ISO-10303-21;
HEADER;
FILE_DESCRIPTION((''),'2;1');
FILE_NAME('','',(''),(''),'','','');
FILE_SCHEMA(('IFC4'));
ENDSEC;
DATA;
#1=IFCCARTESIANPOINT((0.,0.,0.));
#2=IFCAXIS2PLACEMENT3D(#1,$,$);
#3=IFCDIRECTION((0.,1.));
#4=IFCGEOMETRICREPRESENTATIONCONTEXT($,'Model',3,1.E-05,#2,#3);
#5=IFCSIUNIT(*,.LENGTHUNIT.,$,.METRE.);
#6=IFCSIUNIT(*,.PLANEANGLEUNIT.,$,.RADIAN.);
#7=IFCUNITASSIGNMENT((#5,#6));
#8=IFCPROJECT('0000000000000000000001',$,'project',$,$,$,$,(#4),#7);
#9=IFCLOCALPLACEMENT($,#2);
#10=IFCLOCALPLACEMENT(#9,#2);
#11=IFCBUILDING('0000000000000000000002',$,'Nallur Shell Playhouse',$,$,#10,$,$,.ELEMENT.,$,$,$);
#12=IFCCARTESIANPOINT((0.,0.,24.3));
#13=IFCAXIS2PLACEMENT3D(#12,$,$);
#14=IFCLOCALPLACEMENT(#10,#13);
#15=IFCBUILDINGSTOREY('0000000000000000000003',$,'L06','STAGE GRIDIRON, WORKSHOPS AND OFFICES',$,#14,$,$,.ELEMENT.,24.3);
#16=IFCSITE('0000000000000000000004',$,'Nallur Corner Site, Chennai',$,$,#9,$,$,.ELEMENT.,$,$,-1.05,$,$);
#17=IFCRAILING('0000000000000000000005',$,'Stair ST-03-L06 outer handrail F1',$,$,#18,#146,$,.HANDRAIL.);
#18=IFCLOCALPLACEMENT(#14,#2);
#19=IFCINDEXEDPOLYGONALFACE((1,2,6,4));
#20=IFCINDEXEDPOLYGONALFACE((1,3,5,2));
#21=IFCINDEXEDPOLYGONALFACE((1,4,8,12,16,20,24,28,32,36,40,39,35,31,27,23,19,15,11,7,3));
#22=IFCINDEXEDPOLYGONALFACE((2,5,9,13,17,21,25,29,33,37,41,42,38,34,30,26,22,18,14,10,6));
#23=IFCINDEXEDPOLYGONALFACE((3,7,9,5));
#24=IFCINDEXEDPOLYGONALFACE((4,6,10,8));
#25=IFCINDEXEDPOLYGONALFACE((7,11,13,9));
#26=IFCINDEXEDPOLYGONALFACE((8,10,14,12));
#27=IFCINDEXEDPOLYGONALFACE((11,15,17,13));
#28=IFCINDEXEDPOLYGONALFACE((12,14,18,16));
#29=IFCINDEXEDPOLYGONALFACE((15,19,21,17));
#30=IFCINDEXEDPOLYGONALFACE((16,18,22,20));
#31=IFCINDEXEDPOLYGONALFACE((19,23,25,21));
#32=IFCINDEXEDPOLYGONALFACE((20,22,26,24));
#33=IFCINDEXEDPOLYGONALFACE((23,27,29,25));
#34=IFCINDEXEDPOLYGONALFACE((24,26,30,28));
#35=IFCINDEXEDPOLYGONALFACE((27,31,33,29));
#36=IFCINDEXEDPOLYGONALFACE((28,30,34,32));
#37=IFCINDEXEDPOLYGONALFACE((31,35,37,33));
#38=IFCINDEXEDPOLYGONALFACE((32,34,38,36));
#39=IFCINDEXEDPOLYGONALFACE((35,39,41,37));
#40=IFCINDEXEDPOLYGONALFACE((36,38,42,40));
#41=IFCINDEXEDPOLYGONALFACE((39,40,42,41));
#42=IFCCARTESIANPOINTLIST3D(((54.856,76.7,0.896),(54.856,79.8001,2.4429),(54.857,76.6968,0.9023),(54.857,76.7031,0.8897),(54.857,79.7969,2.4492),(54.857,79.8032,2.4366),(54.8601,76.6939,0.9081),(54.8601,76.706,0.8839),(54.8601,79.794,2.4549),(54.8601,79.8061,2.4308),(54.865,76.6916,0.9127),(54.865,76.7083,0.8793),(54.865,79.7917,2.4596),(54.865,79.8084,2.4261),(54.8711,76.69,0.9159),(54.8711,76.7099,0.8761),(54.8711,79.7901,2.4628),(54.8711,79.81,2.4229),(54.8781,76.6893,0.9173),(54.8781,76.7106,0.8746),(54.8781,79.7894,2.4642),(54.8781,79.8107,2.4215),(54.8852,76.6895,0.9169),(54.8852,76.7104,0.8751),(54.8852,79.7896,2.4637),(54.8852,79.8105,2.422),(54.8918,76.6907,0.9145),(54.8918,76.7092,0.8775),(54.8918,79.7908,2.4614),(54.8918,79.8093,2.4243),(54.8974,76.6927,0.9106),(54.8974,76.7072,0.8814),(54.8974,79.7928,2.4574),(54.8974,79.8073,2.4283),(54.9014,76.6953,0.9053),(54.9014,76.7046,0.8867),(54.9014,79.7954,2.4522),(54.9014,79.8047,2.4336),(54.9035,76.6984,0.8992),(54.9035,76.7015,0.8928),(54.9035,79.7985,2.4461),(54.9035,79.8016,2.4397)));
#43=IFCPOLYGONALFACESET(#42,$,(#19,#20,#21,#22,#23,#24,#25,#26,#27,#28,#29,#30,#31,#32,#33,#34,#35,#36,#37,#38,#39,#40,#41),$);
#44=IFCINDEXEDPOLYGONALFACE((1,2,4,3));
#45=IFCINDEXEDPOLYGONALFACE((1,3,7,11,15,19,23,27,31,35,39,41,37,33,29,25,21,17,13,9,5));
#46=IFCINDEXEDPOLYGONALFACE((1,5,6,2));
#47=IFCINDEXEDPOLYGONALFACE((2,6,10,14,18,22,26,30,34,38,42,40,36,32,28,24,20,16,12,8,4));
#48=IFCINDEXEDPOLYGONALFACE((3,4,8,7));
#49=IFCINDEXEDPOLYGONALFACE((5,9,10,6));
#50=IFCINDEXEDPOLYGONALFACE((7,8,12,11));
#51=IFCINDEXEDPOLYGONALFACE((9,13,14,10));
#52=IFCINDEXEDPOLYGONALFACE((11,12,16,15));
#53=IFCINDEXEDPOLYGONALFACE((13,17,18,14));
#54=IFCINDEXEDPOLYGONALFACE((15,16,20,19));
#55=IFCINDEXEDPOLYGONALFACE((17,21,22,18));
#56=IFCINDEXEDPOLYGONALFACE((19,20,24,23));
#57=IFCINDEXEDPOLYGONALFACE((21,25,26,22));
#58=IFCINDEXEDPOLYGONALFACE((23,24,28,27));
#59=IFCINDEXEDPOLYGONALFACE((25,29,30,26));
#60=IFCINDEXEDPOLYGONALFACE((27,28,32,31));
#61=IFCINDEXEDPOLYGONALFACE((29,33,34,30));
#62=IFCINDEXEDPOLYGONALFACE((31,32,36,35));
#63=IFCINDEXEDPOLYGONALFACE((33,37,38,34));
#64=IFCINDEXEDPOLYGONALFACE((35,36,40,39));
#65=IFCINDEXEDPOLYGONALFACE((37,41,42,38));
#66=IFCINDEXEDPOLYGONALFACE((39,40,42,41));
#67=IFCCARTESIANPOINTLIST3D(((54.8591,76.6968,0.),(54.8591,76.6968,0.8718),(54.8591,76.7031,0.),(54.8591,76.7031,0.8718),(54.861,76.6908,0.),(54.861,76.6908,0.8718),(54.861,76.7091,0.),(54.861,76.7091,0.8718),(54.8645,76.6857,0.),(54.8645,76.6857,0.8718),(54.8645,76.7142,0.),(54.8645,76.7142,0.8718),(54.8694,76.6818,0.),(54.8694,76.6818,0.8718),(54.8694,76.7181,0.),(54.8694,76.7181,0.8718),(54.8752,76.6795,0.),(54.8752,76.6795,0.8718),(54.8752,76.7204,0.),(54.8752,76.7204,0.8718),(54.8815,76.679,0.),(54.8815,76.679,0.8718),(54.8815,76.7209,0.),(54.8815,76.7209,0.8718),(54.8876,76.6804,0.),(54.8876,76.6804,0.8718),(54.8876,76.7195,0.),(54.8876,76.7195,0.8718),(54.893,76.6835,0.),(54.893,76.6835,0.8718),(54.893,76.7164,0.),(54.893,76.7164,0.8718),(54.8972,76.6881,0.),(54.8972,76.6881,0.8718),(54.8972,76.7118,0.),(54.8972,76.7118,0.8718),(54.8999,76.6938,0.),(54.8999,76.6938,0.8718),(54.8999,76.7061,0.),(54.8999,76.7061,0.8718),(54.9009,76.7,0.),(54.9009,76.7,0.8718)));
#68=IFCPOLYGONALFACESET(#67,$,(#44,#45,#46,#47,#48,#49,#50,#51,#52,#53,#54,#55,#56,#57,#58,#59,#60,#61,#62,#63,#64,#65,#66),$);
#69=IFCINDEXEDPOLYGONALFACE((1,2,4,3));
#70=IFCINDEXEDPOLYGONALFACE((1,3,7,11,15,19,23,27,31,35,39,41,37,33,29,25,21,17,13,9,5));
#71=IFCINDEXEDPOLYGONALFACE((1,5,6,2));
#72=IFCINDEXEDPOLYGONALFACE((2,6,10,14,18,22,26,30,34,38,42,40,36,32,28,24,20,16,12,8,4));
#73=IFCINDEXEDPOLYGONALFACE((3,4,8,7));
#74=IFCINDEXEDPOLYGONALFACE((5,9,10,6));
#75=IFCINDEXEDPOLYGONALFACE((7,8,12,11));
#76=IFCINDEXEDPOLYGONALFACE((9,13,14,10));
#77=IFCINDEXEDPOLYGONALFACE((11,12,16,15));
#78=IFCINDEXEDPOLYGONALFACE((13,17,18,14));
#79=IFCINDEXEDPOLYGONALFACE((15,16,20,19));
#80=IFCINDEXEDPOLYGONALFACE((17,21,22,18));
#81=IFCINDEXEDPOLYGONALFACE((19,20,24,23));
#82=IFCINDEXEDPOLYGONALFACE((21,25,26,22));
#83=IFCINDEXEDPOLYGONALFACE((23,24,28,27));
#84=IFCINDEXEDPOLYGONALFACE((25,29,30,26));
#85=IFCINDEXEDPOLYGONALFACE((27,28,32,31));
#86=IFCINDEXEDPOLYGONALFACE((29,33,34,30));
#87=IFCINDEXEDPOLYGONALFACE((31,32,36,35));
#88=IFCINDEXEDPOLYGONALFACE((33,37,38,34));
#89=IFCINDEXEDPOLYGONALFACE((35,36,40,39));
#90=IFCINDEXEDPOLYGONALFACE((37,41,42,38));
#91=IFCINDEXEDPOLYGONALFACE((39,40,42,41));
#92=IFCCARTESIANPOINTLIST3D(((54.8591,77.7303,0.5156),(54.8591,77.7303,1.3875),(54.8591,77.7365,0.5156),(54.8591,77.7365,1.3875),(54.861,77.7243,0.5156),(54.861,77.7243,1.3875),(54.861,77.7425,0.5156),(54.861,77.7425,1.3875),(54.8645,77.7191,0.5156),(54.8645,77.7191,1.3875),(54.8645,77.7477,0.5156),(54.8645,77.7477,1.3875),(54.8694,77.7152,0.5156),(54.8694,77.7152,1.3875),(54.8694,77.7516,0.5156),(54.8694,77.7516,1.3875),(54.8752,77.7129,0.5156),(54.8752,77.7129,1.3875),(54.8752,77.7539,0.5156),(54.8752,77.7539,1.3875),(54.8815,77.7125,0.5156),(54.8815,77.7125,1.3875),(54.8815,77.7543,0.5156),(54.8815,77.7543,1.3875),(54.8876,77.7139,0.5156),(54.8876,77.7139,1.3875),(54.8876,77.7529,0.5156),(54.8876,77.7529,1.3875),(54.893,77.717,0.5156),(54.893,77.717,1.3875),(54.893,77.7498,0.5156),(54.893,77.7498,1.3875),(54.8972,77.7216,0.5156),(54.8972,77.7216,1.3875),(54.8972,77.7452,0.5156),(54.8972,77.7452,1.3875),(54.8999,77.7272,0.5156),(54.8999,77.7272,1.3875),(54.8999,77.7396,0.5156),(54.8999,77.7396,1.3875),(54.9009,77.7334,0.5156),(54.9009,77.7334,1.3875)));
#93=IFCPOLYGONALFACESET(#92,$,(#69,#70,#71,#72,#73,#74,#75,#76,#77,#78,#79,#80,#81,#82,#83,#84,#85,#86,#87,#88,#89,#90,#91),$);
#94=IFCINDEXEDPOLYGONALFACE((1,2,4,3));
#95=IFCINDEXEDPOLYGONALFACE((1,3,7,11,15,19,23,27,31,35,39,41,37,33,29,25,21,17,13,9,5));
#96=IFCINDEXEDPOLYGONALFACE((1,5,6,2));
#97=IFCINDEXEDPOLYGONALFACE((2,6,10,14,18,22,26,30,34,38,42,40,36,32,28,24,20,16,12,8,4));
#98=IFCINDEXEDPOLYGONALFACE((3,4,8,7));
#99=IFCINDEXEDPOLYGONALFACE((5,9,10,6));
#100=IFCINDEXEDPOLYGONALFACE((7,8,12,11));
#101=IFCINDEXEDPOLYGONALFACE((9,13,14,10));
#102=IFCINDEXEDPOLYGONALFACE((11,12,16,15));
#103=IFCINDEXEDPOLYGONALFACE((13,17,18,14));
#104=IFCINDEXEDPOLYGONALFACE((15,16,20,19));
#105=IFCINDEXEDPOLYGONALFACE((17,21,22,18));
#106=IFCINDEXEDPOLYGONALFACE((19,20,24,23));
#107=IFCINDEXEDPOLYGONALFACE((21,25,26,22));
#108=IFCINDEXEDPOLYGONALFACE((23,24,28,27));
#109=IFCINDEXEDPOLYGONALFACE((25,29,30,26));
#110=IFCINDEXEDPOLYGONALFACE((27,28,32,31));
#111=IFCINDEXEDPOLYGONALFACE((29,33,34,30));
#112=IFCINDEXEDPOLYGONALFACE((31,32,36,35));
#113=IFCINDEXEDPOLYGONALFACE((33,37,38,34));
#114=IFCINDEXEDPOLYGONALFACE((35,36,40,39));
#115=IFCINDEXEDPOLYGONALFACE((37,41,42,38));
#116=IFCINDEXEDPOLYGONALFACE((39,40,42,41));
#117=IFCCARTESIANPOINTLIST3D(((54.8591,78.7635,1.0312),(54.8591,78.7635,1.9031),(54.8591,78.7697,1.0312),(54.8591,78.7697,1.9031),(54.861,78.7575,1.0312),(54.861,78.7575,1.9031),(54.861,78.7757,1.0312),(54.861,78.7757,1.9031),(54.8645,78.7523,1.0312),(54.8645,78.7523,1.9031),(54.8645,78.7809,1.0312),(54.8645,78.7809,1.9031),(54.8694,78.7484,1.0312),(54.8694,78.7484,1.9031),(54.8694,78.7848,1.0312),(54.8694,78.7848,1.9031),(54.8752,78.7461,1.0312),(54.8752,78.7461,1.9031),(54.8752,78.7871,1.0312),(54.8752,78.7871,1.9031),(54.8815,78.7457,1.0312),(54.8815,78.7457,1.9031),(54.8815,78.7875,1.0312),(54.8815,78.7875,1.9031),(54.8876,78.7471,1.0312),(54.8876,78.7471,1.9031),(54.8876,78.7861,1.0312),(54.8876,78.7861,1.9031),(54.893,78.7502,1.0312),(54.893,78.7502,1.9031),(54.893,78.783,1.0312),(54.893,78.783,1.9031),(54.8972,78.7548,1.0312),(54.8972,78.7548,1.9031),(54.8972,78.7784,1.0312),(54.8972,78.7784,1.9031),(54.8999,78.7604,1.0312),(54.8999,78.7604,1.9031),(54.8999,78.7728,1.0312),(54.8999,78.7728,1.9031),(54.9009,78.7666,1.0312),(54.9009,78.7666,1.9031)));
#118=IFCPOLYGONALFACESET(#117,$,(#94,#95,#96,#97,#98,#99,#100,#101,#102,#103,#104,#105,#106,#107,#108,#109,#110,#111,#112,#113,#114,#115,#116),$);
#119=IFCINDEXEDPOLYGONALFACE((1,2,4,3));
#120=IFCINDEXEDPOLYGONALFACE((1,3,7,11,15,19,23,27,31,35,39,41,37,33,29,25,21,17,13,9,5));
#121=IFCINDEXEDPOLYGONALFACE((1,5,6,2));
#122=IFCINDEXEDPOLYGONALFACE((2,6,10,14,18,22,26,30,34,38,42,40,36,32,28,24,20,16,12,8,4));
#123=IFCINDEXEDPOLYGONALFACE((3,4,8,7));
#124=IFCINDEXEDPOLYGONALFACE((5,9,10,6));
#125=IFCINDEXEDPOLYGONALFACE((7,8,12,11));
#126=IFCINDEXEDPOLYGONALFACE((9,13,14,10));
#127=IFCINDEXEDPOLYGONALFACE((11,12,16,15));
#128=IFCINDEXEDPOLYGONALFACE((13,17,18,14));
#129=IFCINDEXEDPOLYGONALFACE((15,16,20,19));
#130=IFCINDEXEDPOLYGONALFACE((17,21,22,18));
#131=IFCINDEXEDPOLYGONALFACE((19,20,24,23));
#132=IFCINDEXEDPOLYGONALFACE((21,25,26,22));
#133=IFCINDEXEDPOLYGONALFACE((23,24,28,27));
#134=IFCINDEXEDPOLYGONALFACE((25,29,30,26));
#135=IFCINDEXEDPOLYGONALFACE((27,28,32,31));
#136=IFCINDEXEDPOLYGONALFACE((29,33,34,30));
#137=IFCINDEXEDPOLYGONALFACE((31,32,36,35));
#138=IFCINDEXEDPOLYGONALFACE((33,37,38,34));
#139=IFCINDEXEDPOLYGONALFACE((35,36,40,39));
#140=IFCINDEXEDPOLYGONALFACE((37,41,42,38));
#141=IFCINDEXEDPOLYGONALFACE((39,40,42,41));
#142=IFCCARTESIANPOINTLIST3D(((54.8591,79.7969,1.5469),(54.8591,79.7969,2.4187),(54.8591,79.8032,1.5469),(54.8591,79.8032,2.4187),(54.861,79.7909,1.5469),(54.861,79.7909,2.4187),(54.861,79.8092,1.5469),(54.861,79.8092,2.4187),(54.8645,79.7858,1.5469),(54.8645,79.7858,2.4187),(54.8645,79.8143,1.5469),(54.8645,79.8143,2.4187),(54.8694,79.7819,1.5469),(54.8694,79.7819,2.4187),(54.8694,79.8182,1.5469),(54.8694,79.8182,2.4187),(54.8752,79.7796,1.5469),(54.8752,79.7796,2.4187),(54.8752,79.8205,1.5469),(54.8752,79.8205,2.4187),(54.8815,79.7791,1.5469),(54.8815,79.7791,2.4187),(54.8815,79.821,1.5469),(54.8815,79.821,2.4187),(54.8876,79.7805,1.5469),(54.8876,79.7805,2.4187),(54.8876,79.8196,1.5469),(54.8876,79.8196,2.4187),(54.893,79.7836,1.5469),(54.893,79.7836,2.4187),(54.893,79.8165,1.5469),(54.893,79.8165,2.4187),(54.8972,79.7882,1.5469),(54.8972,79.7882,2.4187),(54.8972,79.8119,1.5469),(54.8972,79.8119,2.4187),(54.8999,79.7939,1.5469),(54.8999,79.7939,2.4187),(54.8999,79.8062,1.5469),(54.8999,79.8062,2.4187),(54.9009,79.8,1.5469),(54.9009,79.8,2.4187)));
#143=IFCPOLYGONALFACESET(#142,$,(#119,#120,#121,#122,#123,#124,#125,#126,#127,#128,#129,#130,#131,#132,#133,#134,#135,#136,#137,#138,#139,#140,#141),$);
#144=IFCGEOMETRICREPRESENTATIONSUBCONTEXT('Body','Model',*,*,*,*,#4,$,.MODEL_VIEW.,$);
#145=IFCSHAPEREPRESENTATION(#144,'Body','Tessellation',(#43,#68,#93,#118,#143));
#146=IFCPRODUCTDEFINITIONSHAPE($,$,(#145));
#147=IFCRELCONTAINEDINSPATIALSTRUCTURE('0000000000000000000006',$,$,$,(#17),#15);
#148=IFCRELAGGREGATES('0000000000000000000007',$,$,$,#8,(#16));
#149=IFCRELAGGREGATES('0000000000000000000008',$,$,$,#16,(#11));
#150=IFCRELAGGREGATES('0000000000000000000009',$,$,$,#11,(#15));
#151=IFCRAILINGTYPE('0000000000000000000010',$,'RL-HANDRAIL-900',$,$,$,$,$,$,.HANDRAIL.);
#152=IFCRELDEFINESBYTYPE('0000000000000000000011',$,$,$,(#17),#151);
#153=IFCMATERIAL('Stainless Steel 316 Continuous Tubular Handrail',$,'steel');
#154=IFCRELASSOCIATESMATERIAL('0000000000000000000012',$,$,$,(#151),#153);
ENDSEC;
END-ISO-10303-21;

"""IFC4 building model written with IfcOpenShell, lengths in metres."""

from ifc_helpers import new_model, si_unit, direction, frame, origin, origin_2d, place, context, subcontext, project, spatial, circle, extrude, material, type_object, element, save


model = new_model("IFC4")

# Units and contexts
model_context = context("Model", 3, precision=1e-05, world=origin(), true_north=direction((0.0, 1.0)))
body_context = subcontext(model_context, "Body", "Model", "MODEL_VIEW")
ifc_project = project(units=[si_unit("LENGTHUNIT", "METRE"), si_unit("PLANEANGLEUNIT", "RADIAN")], contexts=[model_context])

# Site, building, storey
site_placement = place(None, origin())
site = spatial("IfcSite", under=ifc_project, at=site_placement, Name="Nallur Corner Site, Chennai", CompositionType="ELEMENT", RefElevation=-1.05)
building_placement = place(site_placement, origin())
building = spatial("IfcBuilding", under=site, at=building_placement, Name="Nallur Shell Playhouse", CompositionType="ELEMENT")
storey_placement = place(building_placement, frame((0.0, 0.0, 24.3)))
storey = spatial("IfcBuildingStorey", under=building, at=storey_placement, Name="L06", Description="STAGE GRIDIRON, WORKSHOPS AND OFFICES", CompositionType="ELEMENT", Elevation=24.3)

# Railing
ifc_material_1 = material(Name="Stainless Steel 316 Continuous Tubular Handrail", Category="steel")
railing_type_1 = type_object("IfcRailingType", Name="RL-HANDRAIL-900", PredefinedType="HANDRAIL", material=ifc_material_1)
railing_1_placement = place(storey_placement, frame((54.8799, 76.7, 0.0)))
element("IfcRailing", 1, at=railing_1_placement, inside=storey, type_object=railing_type_1, Name="Stair ST-03-L06 outer handrail F1", PredefinedType="HANDRAIL", context=body_context, shape_type="SweptSolid", body=[
    extrude(circle(Radius=0.0239, at=origin_2d()), frame((0.0, 0.0, 0.896), z_axis=(0.0, 0.894793, 0.446481), x_axis=(-1.0, 0.0, 0.0)), (0.0, 0.0, 1.0), 3.4646),
    extrude(circle(Radius=0.021, at=origin_2d()), origin(), (0.0, 0.0, 1.0), 0.8718),
    extrude(circle(Radius=0.021, at=origin_2d()), frame((0.0, 1.0334, 0.5156)), (0.0, 0.0, 1.0), 0.8718),
    extrude(circle(Radius=0.021, at=origin_2d()), frame((0.0, 2.0667, 1.0312)), (0.0, 0.0, 1.0), 0.8718),
    extrude(circle(Radius=0.021, at=origin_2d()), frame((0.0, 3.1001, 1.5469)), (0.0, 0.0, 1.0), 0.8718),
])

save(model, "model.ifc")
